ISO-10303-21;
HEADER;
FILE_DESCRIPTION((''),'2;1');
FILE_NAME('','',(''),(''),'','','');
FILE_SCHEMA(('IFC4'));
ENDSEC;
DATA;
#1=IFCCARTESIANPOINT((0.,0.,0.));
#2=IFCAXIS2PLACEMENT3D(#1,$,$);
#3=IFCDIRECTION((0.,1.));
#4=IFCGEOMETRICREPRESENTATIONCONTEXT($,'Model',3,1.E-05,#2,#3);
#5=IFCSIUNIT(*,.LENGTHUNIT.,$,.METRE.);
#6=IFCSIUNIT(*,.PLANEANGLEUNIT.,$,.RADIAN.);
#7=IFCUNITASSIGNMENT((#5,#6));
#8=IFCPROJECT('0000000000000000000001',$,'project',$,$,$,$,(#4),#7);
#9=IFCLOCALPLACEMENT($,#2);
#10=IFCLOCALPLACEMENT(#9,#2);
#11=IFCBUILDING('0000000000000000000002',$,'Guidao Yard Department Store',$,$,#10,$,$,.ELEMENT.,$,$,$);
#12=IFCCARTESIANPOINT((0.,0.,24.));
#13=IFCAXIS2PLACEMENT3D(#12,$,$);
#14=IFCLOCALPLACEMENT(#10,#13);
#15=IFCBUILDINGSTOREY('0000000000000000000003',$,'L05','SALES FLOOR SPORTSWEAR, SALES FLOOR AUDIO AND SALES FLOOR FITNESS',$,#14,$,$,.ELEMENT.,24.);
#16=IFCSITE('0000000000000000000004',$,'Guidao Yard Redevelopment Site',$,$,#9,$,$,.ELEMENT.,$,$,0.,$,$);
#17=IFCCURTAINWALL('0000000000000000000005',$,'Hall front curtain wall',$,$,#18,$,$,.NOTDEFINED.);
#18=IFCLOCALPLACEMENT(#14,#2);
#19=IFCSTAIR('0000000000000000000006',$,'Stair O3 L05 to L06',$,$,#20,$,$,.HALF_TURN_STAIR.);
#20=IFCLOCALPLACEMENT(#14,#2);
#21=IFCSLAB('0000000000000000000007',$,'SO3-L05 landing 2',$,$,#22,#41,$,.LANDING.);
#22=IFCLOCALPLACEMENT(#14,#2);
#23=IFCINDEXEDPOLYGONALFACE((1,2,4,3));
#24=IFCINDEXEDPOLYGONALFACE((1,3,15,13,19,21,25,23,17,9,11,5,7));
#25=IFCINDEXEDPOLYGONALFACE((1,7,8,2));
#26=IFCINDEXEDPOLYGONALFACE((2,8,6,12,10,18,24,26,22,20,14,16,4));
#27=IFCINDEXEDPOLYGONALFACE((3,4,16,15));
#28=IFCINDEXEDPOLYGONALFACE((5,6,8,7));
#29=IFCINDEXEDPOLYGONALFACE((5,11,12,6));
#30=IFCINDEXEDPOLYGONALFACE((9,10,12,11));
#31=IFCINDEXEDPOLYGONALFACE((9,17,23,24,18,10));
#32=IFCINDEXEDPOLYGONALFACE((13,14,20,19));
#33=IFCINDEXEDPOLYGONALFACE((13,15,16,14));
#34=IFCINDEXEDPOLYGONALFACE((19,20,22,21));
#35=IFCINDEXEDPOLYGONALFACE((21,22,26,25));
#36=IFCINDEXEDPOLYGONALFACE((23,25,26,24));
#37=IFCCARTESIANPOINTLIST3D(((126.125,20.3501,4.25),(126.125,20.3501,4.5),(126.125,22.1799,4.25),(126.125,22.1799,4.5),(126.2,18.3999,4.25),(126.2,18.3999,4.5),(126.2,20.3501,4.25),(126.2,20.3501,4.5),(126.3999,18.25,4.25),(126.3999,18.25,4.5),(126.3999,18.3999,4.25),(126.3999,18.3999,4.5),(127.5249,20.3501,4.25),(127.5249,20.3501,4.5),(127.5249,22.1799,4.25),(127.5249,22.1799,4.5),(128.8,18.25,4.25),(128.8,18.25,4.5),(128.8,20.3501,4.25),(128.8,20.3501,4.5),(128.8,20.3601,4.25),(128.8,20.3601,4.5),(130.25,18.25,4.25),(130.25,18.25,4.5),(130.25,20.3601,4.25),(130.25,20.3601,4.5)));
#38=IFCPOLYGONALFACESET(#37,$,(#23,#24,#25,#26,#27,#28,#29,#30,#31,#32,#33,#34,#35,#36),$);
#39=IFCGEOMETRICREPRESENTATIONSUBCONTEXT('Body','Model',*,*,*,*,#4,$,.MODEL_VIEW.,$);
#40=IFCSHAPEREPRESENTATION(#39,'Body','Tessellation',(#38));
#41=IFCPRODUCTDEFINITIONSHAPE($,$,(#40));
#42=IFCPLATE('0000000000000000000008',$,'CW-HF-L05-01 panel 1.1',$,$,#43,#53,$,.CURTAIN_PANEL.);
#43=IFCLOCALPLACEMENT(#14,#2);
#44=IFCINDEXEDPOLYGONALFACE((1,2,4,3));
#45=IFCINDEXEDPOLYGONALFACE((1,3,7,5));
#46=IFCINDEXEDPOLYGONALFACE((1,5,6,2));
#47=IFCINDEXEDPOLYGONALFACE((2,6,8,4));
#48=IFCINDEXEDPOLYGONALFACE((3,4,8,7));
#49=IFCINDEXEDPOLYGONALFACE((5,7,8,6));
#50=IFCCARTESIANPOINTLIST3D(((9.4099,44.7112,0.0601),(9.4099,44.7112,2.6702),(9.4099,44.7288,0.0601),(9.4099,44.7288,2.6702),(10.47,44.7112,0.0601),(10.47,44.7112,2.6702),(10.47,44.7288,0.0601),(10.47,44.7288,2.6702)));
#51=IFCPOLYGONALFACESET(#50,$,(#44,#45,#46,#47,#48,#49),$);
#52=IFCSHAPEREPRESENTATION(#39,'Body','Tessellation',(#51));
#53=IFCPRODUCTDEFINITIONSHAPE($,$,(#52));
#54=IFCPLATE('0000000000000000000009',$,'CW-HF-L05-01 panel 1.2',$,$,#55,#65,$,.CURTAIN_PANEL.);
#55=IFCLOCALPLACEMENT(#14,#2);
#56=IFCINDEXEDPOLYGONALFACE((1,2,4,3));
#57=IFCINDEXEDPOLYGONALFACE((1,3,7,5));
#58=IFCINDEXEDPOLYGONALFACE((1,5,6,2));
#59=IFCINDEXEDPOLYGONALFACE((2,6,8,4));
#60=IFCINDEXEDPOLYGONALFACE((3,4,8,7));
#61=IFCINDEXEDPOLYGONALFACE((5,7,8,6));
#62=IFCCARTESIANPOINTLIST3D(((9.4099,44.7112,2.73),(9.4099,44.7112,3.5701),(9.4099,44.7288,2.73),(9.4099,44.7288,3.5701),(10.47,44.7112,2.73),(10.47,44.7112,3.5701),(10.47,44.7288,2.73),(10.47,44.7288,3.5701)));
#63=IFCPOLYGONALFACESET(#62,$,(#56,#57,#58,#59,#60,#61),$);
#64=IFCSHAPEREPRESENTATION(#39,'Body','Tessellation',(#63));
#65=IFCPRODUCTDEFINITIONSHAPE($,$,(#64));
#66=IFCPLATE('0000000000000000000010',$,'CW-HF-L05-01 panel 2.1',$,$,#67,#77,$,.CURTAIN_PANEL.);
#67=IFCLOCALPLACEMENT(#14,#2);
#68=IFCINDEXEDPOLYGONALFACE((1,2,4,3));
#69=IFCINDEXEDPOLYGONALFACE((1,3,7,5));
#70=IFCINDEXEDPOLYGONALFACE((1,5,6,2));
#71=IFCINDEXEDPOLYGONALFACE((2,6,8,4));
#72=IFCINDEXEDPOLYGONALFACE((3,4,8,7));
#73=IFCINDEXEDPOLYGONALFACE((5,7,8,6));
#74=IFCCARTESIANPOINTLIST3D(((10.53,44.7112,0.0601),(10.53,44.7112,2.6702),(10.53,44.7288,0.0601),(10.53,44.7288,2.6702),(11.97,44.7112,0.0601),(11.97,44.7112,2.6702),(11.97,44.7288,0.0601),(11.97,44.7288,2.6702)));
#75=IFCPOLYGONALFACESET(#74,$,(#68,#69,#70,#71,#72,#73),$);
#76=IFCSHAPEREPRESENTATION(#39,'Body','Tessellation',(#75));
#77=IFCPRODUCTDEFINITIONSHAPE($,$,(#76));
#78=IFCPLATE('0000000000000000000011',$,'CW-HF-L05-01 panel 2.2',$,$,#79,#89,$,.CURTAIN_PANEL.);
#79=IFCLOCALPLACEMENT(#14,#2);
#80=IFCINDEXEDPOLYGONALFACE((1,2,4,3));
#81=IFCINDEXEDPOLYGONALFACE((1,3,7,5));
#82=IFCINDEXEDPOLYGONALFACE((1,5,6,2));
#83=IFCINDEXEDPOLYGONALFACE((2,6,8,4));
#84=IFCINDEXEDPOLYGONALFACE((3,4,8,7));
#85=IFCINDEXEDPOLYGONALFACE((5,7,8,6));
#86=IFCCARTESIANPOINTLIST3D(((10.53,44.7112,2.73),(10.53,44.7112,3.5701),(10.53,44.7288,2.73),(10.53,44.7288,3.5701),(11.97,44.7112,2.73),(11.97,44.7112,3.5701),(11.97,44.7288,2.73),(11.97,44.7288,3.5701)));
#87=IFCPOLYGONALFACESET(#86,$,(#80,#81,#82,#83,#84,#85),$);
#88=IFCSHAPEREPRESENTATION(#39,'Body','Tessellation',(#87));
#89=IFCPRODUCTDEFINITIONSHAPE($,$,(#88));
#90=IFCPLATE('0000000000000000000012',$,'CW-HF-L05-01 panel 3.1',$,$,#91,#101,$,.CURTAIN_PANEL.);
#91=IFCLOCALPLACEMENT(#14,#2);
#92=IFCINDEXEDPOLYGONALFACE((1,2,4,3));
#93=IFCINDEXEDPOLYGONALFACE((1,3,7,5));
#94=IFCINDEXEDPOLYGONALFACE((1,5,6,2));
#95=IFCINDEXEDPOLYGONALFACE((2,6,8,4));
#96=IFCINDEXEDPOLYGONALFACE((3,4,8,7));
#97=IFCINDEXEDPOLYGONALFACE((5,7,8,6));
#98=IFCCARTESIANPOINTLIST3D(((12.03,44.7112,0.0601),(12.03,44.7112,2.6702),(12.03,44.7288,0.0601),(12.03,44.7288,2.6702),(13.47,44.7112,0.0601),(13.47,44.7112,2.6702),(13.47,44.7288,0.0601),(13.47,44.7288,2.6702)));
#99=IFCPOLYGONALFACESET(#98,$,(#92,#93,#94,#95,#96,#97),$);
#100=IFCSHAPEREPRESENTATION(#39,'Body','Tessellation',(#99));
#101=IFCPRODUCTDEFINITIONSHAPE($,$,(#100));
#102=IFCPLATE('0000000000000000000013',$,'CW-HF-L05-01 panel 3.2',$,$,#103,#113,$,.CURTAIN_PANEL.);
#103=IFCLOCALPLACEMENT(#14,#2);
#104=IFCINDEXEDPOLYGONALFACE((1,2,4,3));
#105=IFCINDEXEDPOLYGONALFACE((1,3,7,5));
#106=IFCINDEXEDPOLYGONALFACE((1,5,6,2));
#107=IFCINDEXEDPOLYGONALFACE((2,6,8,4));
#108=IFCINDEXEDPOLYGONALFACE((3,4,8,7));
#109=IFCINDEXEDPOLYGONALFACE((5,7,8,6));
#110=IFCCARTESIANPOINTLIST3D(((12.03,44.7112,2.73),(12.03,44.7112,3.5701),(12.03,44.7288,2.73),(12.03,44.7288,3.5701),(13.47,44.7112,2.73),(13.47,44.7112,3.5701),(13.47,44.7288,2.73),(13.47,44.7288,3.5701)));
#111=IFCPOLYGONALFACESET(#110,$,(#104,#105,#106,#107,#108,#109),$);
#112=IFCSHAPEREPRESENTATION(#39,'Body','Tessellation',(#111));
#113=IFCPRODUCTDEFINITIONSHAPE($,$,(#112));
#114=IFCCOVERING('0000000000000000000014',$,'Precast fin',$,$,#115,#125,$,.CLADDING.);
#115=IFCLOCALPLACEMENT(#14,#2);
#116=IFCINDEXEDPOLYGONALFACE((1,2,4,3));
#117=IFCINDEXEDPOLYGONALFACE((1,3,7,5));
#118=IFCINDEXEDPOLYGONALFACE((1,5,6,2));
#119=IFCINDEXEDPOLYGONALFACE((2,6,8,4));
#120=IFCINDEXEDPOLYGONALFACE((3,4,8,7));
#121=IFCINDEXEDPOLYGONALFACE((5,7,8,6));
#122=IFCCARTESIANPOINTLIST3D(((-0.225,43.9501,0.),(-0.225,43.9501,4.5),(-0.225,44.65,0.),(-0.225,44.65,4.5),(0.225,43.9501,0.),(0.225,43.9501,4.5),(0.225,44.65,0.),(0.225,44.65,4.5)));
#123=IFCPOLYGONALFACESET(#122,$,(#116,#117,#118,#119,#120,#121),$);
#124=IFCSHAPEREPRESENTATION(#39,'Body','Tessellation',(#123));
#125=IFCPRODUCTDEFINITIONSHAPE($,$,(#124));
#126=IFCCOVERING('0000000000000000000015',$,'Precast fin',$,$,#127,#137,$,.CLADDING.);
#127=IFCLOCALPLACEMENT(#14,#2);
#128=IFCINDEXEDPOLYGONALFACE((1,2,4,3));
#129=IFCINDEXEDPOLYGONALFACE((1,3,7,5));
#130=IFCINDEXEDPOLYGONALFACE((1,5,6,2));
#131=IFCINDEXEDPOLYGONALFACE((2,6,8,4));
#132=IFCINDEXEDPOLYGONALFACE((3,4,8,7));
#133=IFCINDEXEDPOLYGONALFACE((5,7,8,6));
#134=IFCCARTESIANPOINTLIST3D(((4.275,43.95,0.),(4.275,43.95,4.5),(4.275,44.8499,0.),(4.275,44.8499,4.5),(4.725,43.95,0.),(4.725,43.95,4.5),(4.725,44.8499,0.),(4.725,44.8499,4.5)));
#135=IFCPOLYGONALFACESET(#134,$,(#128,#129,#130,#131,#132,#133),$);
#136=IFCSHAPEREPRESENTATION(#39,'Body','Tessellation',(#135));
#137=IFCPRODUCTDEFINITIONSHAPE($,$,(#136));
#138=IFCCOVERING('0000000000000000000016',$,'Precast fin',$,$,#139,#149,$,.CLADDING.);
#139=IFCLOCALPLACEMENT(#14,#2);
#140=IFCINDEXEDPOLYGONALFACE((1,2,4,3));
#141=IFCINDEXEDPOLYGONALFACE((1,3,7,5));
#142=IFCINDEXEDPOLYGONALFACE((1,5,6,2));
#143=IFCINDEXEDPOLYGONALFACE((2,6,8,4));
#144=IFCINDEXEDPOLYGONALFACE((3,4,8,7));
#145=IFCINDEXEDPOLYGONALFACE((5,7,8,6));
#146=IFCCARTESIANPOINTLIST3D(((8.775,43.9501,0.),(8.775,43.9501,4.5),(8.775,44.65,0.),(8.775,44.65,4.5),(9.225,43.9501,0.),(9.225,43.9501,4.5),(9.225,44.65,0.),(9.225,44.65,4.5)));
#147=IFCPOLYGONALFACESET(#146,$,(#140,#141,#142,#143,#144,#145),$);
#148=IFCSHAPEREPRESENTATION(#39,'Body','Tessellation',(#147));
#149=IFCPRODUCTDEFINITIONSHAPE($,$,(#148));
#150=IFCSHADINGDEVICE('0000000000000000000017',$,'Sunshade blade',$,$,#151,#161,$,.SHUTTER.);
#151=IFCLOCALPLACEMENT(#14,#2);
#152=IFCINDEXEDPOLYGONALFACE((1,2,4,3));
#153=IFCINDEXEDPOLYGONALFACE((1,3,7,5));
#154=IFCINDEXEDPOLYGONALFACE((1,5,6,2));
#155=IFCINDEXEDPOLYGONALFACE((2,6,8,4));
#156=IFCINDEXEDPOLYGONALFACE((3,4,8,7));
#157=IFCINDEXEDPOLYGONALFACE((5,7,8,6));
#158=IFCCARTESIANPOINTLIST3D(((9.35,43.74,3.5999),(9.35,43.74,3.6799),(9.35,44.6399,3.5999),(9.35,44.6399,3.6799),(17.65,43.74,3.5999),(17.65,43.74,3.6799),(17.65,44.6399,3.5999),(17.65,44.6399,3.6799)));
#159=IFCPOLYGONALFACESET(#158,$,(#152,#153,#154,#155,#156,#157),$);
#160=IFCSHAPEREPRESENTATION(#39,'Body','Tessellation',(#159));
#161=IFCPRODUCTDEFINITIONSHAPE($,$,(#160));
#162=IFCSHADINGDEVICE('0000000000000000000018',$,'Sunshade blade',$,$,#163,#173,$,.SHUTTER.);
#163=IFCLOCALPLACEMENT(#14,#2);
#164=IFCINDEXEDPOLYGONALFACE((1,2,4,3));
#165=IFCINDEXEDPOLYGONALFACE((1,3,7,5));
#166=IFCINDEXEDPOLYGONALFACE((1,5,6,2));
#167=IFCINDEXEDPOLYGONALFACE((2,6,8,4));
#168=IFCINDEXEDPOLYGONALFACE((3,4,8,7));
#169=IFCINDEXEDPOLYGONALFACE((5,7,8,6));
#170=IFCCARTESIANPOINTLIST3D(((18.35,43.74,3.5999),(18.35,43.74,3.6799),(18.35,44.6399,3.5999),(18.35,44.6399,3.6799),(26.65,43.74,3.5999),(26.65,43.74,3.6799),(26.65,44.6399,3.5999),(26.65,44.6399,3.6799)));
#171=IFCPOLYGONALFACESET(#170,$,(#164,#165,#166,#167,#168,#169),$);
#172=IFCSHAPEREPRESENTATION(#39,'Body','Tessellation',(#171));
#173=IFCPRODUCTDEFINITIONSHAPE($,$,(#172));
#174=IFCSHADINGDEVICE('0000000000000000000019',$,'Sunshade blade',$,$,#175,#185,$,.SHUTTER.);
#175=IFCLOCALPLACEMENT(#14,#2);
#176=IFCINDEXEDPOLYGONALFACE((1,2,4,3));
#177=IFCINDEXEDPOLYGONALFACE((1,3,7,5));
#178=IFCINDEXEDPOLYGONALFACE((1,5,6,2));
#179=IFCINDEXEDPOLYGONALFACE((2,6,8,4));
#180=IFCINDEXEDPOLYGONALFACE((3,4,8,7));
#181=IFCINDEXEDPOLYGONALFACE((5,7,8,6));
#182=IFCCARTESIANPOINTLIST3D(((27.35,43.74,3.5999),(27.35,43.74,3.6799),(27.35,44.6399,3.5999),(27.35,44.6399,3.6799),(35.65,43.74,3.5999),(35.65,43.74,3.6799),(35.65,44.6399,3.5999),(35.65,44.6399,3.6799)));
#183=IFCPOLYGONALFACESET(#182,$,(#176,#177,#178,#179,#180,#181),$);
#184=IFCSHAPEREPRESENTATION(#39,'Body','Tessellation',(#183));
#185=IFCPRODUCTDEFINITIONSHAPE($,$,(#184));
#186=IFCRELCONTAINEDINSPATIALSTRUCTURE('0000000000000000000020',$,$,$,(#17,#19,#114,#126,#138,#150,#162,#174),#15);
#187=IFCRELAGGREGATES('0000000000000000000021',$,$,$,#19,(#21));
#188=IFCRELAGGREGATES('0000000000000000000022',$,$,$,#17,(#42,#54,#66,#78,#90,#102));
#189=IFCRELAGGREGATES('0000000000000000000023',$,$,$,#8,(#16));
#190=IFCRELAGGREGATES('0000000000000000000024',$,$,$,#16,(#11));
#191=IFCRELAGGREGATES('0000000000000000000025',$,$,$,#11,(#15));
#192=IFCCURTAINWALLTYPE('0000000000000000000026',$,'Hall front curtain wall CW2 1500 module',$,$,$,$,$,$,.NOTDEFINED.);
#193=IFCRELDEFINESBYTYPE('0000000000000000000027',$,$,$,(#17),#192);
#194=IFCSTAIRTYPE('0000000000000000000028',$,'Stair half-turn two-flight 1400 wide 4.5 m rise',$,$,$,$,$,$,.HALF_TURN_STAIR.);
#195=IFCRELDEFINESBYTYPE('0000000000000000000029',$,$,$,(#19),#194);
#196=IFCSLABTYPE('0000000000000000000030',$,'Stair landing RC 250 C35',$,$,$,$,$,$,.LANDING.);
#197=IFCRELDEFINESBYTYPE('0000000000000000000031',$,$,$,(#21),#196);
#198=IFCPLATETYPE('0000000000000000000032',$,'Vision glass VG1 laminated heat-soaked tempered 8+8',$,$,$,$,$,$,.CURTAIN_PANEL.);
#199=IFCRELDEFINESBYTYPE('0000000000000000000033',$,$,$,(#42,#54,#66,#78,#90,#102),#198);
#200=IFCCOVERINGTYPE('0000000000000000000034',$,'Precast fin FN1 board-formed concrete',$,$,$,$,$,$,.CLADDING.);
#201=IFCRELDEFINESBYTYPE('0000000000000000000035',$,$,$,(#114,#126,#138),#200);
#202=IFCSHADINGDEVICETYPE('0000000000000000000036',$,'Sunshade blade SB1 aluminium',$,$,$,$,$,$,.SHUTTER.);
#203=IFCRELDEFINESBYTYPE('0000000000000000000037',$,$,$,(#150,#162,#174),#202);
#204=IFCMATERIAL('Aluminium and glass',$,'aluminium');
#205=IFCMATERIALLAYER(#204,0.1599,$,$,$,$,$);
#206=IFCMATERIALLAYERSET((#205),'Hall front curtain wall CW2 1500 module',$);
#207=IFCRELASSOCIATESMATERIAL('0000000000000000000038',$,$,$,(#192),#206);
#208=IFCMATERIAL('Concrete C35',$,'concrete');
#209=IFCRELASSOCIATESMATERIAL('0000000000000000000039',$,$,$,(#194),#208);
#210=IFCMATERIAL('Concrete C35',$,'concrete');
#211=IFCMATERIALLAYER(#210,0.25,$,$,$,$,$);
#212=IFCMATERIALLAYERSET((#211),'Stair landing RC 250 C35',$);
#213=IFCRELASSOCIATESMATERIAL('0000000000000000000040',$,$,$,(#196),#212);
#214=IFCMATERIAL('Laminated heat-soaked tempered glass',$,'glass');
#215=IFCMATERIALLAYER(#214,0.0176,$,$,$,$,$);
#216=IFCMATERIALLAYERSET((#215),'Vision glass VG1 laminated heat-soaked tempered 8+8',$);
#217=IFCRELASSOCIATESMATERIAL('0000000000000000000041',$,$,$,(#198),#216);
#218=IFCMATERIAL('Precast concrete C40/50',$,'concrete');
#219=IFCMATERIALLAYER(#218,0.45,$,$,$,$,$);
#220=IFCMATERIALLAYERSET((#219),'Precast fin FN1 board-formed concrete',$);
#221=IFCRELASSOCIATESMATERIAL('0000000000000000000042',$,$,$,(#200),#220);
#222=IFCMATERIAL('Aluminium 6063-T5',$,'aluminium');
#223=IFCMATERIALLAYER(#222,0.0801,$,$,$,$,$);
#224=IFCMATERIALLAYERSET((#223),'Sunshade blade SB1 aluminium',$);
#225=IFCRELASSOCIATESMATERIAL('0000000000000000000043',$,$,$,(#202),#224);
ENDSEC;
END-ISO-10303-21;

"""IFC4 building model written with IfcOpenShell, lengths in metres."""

from ifc_helpers import new_model, si_unit, direction, frame, origin, origin_2d, place, context, subcontext, project, spatial, polyline, rectangle, outline, extrude, material, layer, layer_set, type_object, element, aggregate, save


model = new_model("IFC4")

# Units and contexts
model_context = context("Model", 3, precision=1e-05, world=origin(), true_north=direction((0.0, 1.0)))
body_context = subcontext(model_context, "Body", "Model", "MODEL_VIEW")
ifc_project = project(units=[si_unit("LENGTHUNIT", "METRE"), si_unit("PLANEANGLEUNIT", "RADIAN")], contexts=[model_context])

# Site, building, storey
site_placement = place(None, origin())
site = spatial("IfcSite", under=ifc_project, at=site_placement, Name="Guidao Yard Redevelopment Site", CompositionType="ELEMENT", RefElevation=0.0)
building_placement = place(site_placement, origin())
building = spatial("IfcBuilding", under=site, at=building_placement, Name="Guidao Yard Department Store", CompositionType="ELEMENT")
storey_placement = place(building_placement, frame((0.0, 0.0, 24.0)))
storey = spatial("IfcBuildingStorey", under=building, at=storey_placement, Name="L05", Description="SALES FLOOR SPORTSWEAR, SALES FLOOR AUDIO AND SALES FLOOR FITNESS", CompositionType="ELEMENT", Elevation=24.0)

# Curtain wall
ifc_material_1 = material(Name="Aluminium and glass", Category="aluminium")
ifc_layer_1 = layer(ifc_material_1, 0.1599)
ifc_layer_set_1 = layer_set([ifc_layer_1], Name="Hall front curtain wall CW2 1500 module")
curtain_wall_type = type_object("IfcCurtainWallType", Name="Hall front curtain wall CW2 1500 module", PredefinedType="NOTDEFINED", material=ifc_layer_set_1)
curtain_wall_placement = place(storey_placement, origin())
curtain_wall = element("IfcCurtainWall", 1, at=curtain_wall_placement, inside=storey, type_object=curtain_wall_type, Name="Hall front curtain wall", PredefinedType="NOTDEFINED")

# Stair, slab
ifc_material_2 = material(Name="Concrete C35", Category="concrete")
stair_type = type_object("IfcStairType", Name="Stair half-turn two-flight 1400 wide 4.5 m rise", PredefinedType="HALF_TURN_STAIR", material=ifc_material_2)
ifc_material_3 = material(Name="Concrete C35", Category="concrete")
ifc_layer_2 = layer(ifc_material_3, 0.25)
ifc_layer_set_2 = layer_set([ifc_layer_2], Name="Stair landing RC 250 C35")
slab_type_1 = type_object("IfcSlabType", Name="Stair landing RC 250 C35", PredefinedType="LANDING", material=ifc_layer_set_2)
stair_1_placement = place(storey_placement, origin())
stair_1 = element("IfcStair", 2, at=stair_1_placement, inside=storey, type_object=stair_type, Name="Stair O3 L05 to L06", PredefinedType="HALF_TURN_STAIR")
slab_1_placement = place(storey_placement, frame((0.0, 0.0, 4.25)))
slab_1 = element("IfcSlab", 3, at=slab_1_placement, type_object=slab_type_1, Name="SO3-L05 landing 2", PredefinedType="LANDING", context=body_context, shape_type="SweptSolid", body=[
    extrude(outline(polyline([(130.25, 20.3601), (130.25, 18.25), (128.8, 18.25), (126.3999, 18.25), (126.3999, 18.3999), (126.2, 18.3999), (126.2, 20.3501), (126.125, 20.3501), (126.125, 22.1799), (127.5249, 22.1799), (127.5249, 20.3501), (128.8, 20.3501), (128.8, 20.3601), (130.25, 20.3601)])), origin(), (0.0, 0.0, 1.0), 0.25),
])
aggregate(stair_1, [slab_1])

# Plates
ifc_material_4 = material(Name="Laminated heat-soaked tempered glass", Category="glass")
ifc_layer_3 = layer(ifc_material_4, 0.0176)
ifc_layer_set_3 = layer_set([ifc_layer_3], Name="Vision glass VG1 laminated heat-soaked tempered 8+8")
plate_type_1 = type_object("IfcPlateType", Name="Vision glass VG1 laminated heat-soaked tempered 8+8", PredefinedType="CURTAIN_PANEL", material=ifc_layer_set_3)
plate_1_placement = place(storey_placement, frame((9.9399, 44.72, 0.0601), z_axis=(0.0, 0.0, 1.0), x_axis=(-1.0, 0.0, 0.0)))
plate_1 = element("IfcPlate", 4, at=plate_1_placement, type_object=plate_type_1, Name="CW-HF-L05-01 panel 1.1", PredefinedType="CURTAIN_PANEL", context=body_context, shape_type="SweptSolid", body=[
    extrude(rectangle(XDim=1.0601, YDim=0.0176, at=origin_2d()), origin(), (0.0, 0.0, 1.0), 2.6101),
])
plate_2_placement = place(storey_placement, frame((9.9399, 44.72, 2.73), z_axis=(0.0, 0.0, 1.0), x_axis=(-1.0, 0.0, 0.0)))
plate_2 = element("IfcPlate", 5, at=plate_2_placement, type_object=plate_type_1, Name="CW-HF-L05-01 panel 1.2", PredefinedType="CURTAIN_PANEL", context=body_context, shape_type="SweptSolid", body=[
    extrude(rectangle(XDim=1.0601, YDim=0.0176, at=origin_2d()), origin(), (0.0, 0.0, 1.0), 0.8401),
])
plate_3_placement = place(storey_placement, frame((11.25, 44.72, 0.0601), z_axis=(0.0, 0.0, 1.0), x_axis=(-1.0, 0.0, 0.0)))
plate_3 = element("IfcPlate", 6, at=plate_3_placement, type_object=plate_type_1, Name="CW-HF-L05-01 panel 2.1", PredefinedType="CURTAIN_PANEL", context=body_context, shape_type="SweptSolid", body=[
    extrude(rectangle(XDim=1.4399, YDim=0.0176, at=origin_2d()), origin(), (0.0, 0.0, 1.0), 2.6101),
])
plate_4_placement = place(storey_placement, frame((11.25, 44.72, 2.73), z_axis=(0.0, 0.0, 1.0), x_axis=(-1.0, 0.0, 0.0)))
plate_4 = element("IfcPlate", 7, at=plate_4_placement, type_object=plate_type_1, Name="CW-HF-L05-01 panel 2.2", PredefinedType="CURTAIN_PANEL", context=body_context, shape_type="SweptSolid", body=[
    extrude(rectangle(XDim=1.4399, YDim=0.0176, at=origin_2d()), origin(), (0.0, 0.0, 1.0), 0.8401),
])
plate_5_placement = place(storey_placement, frame((12.75, 44.72, 0.0601), z_axis=(0.0, 0.0, 1.0), x_axis=(-1.0, 0.0, 0.0)))
plate_5 = element("IfcPlate", 8, at=plate_5_placement, type_object=plate_type_1, Name="CW-HF-L05-01 panel 3.1", PredefinedType="CURTAIN_PANEL", context=body_context, shape_type="SweptSolid", body=[
    extrude(rectangle(XDim=1.4399, YDim=0.0176, at=origin_2d()), origin(), (0.0, 0.0, 1.0), 2.6101),
])
plate_6_placement = place(storey_placement, frame((12.75, 44.72, 2.73), z_axis=(0.0, 0.0, 1.0), x_axis=(-1.0, 0.0, 0.0)))
plate_6 = element("IfcPlate", 9, at=plate_6_placement, type_object=plate_type_1, Name="CW-HF-L05-01 panel 3.2", PredefinedType="CURTAIN_PANEL", context=body_context, shape_type="SweptSolid", body=[
    extrude(rectangle(XDim=1.4399, YDim=0.0176, at=origin_2d()), origin(), (0.0, 0.0, 1.0), 0.8401),
])
aggregate(curtain_wall, [plate_1, plate_2, plate_3, plate_4, plate_5, plate_6])

# Coverings
ifc_material_5 = material(Name="Precast concrete C40/50", Category="concrete")
ifc_layer_4 = layer(ifc_material_5, 0.45)
ifc_layer_set_4 = layer_set([ifc_layer_4], Name="Precast fin FN1 board-formed concrete")
covering_type = type_object("IfcCoveringType", Name="Precast fin FN1 board-formed concrete", PredefinedType="CLADDING", material=ifc_layer_set_4)
covering_1_placement = place(storey_placement, frame((0.0, 44.3, 0.0), z_axis=(0.0, 0.0, 1.0), x_axis=(-1.0, 0.0, 0.0)))
element("IfcCovering", 10, at=covering_1_placement, inside=storey, type_object=covering_type, Name="Precast fin", PredefinedType="CLADDING", context=body_context, shape_type="SweptSolid", body=[
    extrude(rectangle(XDim=0.45, YDim=0.7, at=origin_2d()), origin(), (0.0, 0.0, 1.0), 4.5),
])
covering_2_placement = place(storey_placement, frame((4.5, 44.3999, 0.0), z_axis=(0.0, 0.0, 1.0), x_axis=(-1.0, 0.0, 0.0)))
element("IfcCovering", 11, at=covering_2_placement, inside=storey, type_object=covering_type, Name="Precast fin", PredefinedType="CLADDING", context=body_context, shape_type="SweptSolid", body=[
    extrude(rectangle(XDim=0.45, YDim=0.8999, at=origin_2d()), origin(), (0.0, 0.0, 1.0), 4.5),
])
covering_3_placement = place(storey_placement, frame((9.0, 44.3, 0.0), z_axis=(0.0, 0.0, 1.0), x_axis=(-1.0, 0.0, 0.0)))
element("IfcCovering", 12, at=covering_3_placement, inside=storey, type_object=covering_type, Name="Precast fin", PredefinedType="CLADDING", context=body_context, shape_type="SweptSolid", body=[
    extrude(rectangle(XDim=0.45, YDim=0.7, at=origin_2d()), origin(), (0.0, 0.0, 1.0), 4.5),
])

# Shading devices
ifc_material_6 = material(Name="Aluminium 6063-T5", Category="aluminium")
ifc_layer_5 = layer(ifc_material_6, 0.0801)
ifc_layer_set_5 = layer_set([ifc_layer_5], Name="Sunshade blade SB1 aluminium")
shading_device_type = type_object("IfcShadingDeviceType", Name="Sunshade blade SB1 aluminium", PredefinedType="SHUTTER", material=ifc_layer_set_5)
for number, where, z_axis, x_axis, name in (
    (13, (13.5, 44.1899, 3.5999), (0.0, 0.0, 1.0), (-1.0, 0.0, 0.0), "Sunshade blade"),
    (14, (22.5, 44.1899, 3.5999), (0.0, 0.0, 1.0), (-1.0, 0.0, 0.0), "Sunshade blade"),
    (15, (31.5, 44.1899, 3.5999), (0.0, 0.0, 1.0), (-1.0, 0.0, 0.0), "Sunshade blade"),
):
    element("IfcShadingDevice", number, at=place(storey_placement, frame(where, z_axis=z_axis, x_axis=x_axis)), inside=storey, type_object=shading_device_type, Name=name, PredefinedType="SHUTTER", context=body_context, shape_type="SweptSolid", body=[
        extrude(rectangle(XDim=8.3, YDim=0.8999, at=origin_2d()), origin(), (0.0, 0.0, 1.0), 0.0801),
    ])

save(model, "model.ifc")
